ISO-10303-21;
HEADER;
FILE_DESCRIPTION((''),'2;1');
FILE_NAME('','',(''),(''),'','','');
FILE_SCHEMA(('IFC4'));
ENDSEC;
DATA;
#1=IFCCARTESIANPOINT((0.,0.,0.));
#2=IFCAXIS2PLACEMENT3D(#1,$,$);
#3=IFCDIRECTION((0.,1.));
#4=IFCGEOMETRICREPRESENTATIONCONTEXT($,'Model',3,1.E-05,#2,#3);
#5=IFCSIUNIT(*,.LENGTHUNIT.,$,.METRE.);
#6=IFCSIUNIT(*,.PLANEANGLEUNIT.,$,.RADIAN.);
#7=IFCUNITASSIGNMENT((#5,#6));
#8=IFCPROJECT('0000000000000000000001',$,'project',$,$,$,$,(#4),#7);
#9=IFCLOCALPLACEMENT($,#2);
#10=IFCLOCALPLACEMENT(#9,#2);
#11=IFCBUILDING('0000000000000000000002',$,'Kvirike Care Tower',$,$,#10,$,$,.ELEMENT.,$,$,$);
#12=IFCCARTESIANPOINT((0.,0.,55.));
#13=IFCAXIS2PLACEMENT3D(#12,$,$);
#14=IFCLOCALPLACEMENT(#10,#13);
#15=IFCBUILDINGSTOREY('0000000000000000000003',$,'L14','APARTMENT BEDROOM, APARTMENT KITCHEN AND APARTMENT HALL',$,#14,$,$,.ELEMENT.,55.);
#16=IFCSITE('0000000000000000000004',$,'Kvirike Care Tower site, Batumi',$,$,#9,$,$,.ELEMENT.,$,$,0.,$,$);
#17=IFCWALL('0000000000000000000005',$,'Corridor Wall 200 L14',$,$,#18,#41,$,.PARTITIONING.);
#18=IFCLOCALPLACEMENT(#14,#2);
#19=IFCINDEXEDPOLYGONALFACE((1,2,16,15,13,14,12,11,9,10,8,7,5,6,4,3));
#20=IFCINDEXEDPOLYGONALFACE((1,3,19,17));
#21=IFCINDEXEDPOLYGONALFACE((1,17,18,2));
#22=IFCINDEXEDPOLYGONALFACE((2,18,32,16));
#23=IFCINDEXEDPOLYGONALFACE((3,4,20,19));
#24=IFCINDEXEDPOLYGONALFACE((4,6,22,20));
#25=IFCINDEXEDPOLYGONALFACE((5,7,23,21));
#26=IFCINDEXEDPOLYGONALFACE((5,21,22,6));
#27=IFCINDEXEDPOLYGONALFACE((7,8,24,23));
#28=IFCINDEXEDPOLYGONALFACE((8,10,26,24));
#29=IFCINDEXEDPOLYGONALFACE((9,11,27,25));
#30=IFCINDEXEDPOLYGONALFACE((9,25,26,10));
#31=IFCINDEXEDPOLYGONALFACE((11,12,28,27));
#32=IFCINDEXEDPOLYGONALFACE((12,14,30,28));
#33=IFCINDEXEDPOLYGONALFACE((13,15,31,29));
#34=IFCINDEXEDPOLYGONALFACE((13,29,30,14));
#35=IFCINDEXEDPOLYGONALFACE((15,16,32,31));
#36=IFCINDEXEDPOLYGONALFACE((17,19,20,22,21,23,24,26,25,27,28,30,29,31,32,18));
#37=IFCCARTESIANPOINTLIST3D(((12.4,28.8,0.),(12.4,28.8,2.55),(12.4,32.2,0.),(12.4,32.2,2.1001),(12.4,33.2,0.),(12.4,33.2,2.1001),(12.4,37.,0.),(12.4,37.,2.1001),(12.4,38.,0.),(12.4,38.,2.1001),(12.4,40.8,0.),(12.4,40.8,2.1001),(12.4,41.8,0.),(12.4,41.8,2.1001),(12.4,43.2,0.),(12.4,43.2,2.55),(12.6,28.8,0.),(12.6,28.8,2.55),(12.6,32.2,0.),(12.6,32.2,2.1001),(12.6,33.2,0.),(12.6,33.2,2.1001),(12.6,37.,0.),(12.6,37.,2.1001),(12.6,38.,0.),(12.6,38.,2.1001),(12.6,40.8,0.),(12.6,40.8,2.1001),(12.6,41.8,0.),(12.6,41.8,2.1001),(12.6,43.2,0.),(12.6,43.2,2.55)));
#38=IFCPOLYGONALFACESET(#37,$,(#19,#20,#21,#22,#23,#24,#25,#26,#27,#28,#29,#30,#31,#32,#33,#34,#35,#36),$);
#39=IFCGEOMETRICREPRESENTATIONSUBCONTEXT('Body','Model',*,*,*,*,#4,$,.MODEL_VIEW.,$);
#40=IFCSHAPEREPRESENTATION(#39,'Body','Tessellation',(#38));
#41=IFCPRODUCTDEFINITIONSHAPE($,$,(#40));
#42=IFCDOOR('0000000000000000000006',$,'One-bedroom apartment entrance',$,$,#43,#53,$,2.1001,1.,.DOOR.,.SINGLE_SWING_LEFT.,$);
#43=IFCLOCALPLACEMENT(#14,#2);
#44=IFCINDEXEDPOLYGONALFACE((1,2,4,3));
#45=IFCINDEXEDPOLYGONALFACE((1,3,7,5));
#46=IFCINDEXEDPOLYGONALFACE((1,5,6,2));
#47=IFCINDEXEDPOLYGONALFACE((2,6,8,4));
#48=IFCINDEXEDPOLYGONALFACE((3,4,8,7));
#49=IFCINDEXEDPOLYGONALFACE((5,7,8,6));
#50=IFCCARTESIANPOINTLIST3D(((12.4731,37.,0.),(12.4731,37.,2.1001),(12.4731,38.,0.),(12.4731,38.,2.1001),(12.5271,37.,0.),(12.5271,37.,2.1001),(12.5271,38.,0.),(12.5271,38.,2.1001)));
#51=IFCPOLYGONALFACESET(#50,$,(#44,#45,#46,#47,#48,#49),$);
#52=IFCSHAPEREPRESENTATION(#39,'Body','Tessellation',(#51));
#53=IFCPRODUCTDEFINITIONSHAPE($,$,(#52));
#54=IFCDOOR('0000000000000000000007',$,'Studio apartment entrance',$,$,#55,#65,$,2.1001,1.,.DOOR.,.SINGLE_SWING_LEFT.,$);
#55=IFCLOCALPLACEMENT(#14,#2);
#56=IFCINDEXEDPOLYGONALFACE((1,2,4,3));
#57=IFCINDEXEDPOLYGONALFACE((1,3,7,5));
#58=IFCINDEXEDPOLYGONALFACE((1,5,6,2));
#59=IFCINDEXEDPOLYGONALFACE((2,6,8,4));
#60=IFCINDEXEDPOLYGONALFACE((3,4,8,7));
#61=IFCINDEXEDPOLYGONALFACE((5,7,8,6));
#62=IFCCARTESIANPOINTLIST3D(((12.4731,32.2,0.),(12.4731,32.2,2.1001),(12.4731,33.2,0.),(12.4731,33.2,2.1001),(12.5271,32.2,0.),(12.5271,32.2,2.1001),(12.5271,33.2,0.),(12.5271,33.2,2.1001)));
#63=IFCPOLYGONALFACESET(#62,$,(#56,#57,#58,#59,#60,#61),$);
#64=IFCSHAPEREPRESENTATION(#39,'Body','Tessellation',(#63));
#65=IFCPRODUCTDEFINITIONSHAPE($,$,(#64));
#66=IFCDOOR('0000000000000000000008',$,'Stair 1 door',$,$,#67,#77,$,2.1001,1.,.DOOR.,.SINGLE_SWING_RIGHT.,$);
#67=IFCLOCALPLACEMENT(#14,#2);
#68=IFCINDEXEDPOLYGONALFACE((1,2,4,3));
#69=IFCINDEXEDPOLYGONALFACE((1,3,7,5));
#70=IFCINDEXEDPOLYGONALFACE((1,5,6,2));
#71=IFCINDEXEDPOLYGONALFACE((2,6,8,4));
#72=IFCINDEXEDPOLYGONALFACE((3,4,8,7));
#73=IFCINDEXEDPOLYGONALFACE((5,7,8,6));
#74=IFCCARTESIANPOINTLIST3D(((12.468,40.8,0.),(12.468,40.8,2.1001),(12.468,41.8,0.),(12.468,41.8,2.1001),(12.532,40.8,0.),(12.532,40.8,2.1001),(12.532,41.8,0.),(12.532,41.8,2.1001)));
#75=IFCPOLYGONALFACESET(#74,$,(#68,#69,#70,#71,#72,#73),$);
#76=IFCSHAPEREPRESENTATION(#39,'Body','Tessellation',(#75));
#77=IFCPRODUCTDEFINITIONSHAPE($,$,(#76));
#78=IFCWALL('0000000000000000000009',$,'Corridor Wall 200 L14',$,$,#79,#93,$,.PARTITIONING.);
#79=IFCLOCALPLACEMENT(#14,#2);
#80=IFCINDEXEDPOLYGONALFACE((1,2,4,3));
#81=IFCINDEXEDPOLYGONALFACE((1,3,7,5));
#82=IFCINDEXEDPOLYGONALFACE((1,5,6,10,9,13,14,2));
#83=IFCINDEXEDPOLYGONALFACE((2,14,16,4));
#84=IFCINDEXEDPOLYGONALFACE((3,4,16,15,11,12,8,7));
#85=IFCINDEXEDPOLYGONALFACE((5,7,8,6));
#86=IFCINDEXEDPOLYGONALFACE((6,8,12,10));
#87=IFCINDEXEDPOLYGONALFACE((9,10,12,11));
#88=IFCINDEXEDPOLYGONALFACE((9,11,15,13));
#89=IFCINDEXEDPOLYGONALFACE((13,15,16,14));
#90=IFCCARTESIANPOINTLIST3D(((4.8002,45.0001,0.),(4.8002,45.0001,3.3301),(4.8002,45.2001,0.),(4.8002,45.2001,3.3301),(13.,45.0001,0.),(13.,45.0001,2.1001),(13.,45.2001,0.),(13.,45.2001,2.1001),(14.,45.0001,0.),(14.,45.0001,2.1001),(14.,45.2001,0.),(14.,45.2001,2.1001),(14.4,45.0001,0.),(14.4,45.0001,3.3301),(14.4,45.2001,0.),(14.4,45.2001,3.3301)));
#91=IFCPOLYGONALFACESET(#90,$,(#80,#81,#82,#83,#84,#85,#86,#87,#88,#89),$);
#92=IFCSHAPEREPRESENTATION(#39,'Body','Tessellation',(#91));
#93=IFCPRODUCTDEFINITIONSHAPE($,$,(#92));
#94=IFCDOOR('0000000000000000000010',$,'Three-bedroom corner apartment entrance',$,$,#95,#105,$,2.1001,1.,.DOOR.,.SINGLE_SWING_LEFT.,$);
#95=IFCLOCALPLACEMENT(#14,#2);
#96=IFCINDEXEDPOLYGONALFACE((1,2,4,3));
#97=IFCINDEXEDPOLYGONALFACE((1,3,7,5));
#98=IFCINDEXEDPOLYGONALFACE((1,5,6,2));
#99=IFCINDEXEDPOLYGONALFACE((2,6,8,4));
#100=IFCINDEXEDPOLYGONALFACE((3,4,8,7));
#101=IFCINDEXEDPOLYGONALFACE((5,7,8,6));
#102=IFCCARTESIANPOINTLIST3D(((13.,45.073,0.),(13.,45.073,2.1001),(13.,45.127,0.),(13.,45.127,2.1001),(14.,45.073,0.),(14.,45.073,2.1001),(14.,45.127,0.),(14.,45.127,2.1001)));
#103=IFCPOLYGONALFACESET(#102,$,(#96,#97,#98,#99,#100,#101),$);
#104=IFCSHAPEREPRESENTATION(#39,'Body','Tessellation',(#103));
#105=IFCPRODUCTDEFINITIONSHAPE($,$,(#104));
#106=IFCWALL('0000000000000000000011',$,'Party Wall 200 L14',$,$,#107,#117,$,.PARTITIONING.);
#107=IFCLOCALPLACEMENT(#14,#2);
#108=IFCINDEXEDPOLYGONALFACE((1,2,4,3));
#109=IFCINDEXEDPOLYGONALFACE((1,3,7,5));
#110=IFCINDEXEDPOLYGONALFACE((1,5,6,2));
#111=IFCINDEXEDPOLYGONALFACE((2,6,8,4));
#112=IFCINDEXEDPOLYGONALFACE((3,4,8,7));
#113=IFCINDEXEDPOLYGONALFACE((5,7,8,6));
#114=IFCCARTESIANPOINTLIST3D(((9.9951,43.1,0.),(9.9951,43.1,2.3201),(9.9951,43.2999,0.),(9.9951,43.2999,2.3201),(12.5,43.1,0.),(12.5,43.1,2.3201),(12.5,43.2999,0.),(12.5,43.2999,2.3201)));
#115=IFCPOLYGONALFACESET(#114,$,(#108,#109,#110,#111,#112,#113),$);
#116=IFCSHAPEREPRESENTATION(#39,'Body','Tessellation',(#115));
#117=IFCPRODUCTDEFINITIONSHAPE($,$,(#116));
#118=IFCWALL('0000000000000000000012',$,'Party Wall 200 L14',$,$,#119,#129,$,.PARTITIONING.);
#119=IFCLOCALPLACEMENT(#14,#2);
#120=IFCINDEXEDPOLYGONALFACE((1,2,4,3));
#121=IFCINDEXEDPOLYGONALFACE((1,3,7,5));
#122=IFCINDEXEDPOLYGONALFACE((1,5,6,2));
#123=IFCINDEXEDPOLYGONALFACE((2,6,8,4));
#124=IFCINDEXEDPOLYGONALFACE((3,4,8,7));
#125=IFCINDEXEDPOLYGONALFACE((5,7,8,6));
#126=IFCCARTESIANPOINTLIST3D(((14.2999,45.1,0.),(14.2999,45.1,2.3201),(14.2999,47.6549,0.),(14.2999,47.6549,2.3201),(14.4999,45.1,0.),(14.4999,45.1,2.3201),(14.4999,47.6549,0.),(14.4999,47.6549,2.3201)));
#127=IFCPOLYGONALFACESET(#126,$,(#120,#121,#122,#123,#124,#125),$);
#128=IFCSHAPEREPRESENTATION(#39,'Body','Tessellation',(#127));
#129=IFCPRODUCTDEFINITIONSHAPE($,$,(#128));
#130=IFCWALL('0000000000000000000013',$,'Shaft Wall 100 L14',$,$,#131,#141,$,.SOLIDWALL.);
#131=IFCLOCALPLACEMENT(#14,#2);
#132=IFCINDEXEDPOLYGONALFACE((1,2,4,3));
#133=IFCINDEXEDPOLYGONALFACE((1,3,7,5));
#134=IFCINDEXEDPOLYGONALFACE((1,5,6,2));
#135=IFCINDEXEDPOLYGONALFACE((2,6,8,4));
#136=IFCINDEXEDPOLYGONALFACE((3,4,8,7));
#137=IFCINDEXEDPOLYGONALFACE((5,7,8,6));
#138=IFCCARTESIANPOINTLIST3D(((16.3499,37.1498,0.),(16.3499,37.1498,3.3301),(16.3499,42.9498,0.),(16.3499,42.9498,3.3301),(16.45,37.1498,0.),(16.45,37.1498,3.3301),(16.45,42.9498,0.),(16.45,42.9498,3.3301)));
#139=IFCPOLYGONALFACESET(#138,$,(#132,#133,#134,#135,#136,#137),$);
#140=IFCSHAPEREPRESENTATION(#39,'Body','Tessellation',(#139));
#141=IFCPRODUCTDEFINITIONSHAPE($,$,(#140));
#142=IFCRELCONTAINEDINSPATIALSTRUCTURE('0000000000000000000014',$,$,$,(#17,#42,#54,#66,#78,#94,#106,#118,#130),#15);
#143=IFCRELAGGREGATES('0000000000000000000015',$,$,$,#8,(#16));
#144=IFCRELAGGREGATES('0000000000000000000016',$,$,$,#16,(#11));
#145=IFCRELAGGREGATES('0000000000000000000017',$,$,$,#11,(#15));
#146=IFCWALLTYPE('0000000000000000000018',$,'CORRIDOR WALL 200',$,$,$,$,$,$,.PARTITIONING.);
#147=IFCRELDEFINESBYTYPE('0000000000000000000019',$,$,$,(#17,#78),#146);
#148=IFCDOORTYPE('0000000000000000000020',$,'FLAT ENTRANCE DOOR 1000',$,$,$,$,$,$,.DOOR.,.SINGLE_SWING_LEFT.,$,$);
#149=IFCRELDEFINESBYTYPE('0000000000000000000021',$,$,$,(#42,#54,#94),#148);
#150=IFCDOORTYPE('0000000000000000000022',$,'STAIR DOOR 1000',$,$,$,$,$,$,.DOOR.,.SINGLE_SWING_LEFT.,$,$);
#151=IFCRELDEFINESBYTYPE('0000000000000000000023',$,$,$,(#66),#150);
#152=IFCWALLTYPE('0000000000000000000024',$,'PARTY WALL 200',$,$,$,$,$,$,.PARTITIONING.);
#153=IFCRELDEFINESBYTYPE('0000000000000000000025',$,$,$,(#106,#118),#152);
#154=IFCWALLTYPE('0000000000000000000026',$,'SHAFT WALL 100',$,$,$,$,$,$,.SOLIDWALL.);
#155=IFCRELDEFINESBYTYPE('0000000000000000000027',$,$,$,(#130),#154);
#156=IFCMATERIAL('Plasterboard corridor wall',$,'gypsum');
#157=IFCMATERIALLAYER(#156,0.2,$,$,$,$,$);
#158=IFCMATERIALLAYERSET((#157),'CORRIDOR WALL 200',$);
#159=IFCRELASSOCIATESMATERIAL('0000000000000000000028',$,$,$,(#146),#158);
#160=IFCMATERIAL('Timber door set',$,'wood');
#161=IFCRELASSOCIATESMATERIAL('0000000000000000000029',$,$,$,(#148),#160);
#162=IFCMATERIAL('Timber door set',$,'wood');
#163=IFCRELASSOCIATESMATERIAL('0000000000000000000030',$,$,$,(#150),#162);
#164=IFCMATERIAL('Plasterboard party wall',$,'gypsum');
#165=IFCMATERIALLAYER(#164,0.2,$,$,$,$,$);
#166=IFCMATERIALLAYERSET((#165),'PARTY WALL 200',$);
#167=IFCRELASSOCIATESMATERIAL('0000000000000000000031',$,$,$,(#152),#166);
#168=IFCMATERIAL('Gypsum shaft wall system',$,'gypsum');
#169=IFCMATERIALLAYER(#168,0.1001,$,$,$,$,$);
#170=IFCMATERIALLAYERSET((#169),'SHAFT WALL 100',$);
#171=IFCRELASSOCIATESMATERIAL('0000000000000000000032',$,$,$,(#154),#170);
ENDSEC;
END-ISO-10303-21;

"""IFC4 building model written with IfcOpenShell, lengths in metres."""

from ifc_helpers import new_model, si_unit, direction, frame, frame_2d, origin, place, context, subcontext, project, spatial, rectangle, extrude, material, layer, layer_set, type_object, element, fill, save


model = new_model("IFC4")

# Units and contexts
model_context = context("Model", 3, precision=1e-05, world=origin(), true_north=direction((0.0, 1.0)))
body_context = subcontext(model_context, "Body", "Model", "MODEL_VIEW")
ifc_project = project(units=[si_unit("LENGTHUNIT", "METRE"), si_unit("PLANEANGLEUNIT", "RADIAN")], contexts=[model_context])

# Site, building, storey
site_placement = place(None, origin())
site = spatial("IfcSite", under=ifc_project, at=site_placement, Name="Kvirike Care Tower site, Batumi", CompositionType="ELEMENT", RefElevation=0.0)
building_placement = place(site_placement, origin())
building = spatial("IfcBuilding", under=site, at=building_placement, Name="Kvirike Care Tower", CompositionType="ELEMENT")
storey_placement = place(building_placement, frame((0.0, 0.0, 55.0)))
storey = spatial("IfcBuildingStorey", under=building, at=storey_placement, Name="L14", Description="APARTMENT BEDROOM, APARTMENT KITCHEN AND APARTMENT HALL", CompositionType="ELEMENT", Elevation=55.0)

# Wall, openings, doors
ifc_material_1 = material(Name="Plasterboard corridor wall", Category="gypsum")
ifc_layer_1 = layer(ifc_material_1, 0.2)
ifc_layer_set_1 = layer_set([ifc_layer_1], Name="CORRIDOR WALL 200")
wall_type_1 = type_object("IfcWallType", Name="CORRIDOR WALL 200", PredefinedType="PARTITIONING", material=ifc_layer_set_1)
wall_1_placement = place(storey_placement, frame((12.5, 43.2, 0.0), z_axis=(0.0, 0.0, 1.0), x_axis=(0.0, -1.0, 0.0)))
wall_1 = element("IfcWall", 1, at=wall_1_placement, inside=storey, type_object=wall_type_1, Name="Corridor Wall 200 L14", PredefinedType="PARTITIONING", context=body_context, shape_type="SweptSolid", body=[
    extrude(rectangle(XDim=14.3999, YDim=0.2, at=frame_2d((7.2, 0.0))), origin(), (0.0, 0.0, 1.0), 2.55),
])
opening_1_placement = place(wall_1_placement, frame((1.3999, 0.0, 0.0)))
opening_1 = element("IfcOpeningElement", 2, at=opening_1_placement, cuts=wall_1, PredefinedType="OPENING", context=body_context, shape_type="SweptSolid", body=[
    extrude(rectangle(XDim=1.0, YDim=2.1001, at=frame_2d((0.5, 1.05))), frame((0.0, 0.1106, 0.0), z_axis=(0.0, -1.0, 0.0), x_axis=(1.0, 0.0, 0.0)), (0.0, 0.0, 1.0), 0.2209),
])
opening_2_placement = place(wall_1_placement, frame((5.2, 0.0, 0.0)))
opening_2 = element("IfcOpeningElement", 3, at=opening_2_placement, cuts=wall_1, PredefinedType="OPENING", context=body_context, shape_type="SweptSolid", body=[
    extrude(rectangle(XDim=1.0, YDim=2.1001, at=frame_2d((0.5, 1.05))), frame((0.0, 0.1106, 0.0), z_axis=(0.0, -1.0, 0.0), x_axis=(1.0, 0.0, 0.0)), (0.0, 0.0, 1.0), 0.2209),
])
opening_3_placement = place(wall_1_placement, frame((10.0, 0.0, 0.0)))
opening_3 = element("IfcOpeningElement", 4, at=opening_3_placement, cuts=wall_1, PredefinedType="OPENING", context=body_context, shape_type="SweptSolid", body=[
    extrude(rectangle(XDim=1.0, YDim=2.1001, at=frame_2d((0.5, 1.05))), frame((0.0, 0.1106, 0.0), z_axis=(0.0, -1.0, 0.0), x_axis=(1.0, 0.0, 0.0)), (0.0, 0.0, 1.0), 0.2209),
])
ifc_material_2 = material(Name="Timber door set", Category="wood")
door_type_1 = type_object("IfcDoorType", Name="FLAT ENTRANCE DOOR 1000", OperationType="SINGLE_SWING_LEFT", PredefinedType="DOOR", material=ifc_material_2)
door_1_placement = place(opening_2_placement, frame((1.0, 0.0, 0.0), z_axis=(0.0, 0.0, 1.0), x_axis=(-1.0, 0.0, 0.0)))
door_1 = element("IfcDoor", 5, at=door_1_placement, inside=storey, type_object=door_type_1, Name="One-bedroom apartment entrance", OperationType="SINGLE_SWING_LEFT", OverallHeight=2.1001, OverallWidth=1.0, PredefinedType="DOOR", context=body_context, shape_type="SweptSolid", body=[
    extrude(rectangle(XDim=1.0, YDim=2.1001, at=frame_2d((0.5, 1.05))), frame((0.0, 0.0269, 0.0), z_axis=(0.0, -1.0, 0.0), x_axis=(1.0, 0.0, 0.0)), (0.0, 0.0, 1.0), 0.054),
])
fill(opening_2, door_1)
door_2_placement = place(opening_3_placement, frame((1.0, 0.0, 0.0), z_axis=(0.0, 0.0, 1.0), x_axis=(-1.0, 0.0, 0.0)))
door_2 = element("IfcDoor", 6, at=door_2_placement, inside=storey, type_object=door_type_1, Name="Studio apartment entrance", OperationType="SINGLE_SWING_LEFT", OverallHeight=2.1001, OverallWidth=1.0, PredefinedType="DOOR", context=body_context, shape_type="SweptSolid", body=[
    extrude(rectangle(XDim=1.0, YDim=2.1001, at=frame_2d((0.5, 1.05))), frame((0.0, 0.0269, 0.0), z_axis=(0.0, -1.0, 0.0), x_axis=(1.0, 0.0, 0.0)), (0.0, 0.0, 1.0), 0.054),
])
fill(opening_3, door_2)
ifc_material_3 = material(Name="Timber door set", Category="wood")
door_type_2 = type_object("IfcDoorType", Name="STAIR DOOR 1000", OperationType="SINGLE_SWING_LEFT", PredefinedType="DOOR", material=ifc_material_3)
door_3_placement = place(opening_1_placement, frame((1.0, 0.0, 0.0), z_axis=(0.0, 0.0, 1.0), x_axis=(-1.0, 0.0, 0.0)))
door_3 = element("IfcDoor", 7, at=door_3_placement, inside=storey, type_object=door_type_2, Name="Stair 1 door", OperationType="SINGLE_SWING_RIGHT", OverallHeight=2.1001, OverallWidth=1.0, PredefinedType="DOOR", context=body_context, shape_type="SweptSolid", body=[
    extrude(rectangle(XDim=1.0, YDim=2.1001, at=frame_2d((0.5, 1.05))), frame((0.0, 0.032, 0.0), z_axis=(0.0, -1.0, 0.0), x_axis=(1.0, 0.0, 0.0)), (0.0, 0.0, 1.0), 0.064),
])
fill(opening_1, door_3)

# Wall, opening, door
wall_2_placement = place(storey_placement, frame((14.3999, 45.1001, 0.0), z_axis=(0.0, 0.0, 1.0), x_axis=(-1.0, 0.0, 0.0)))
wall_2 = element("IfcWall", 8, at=wall_2_placement, inside=storey, type_object=wall_type_1, Name="Corridor Wall 200 L14", PredefinedType="PARTITIONING", context=body_context, shape_type="SweptSolid", body=[
    extrude(rectangle(XDim=9.5999, YDim=0.2, at=frame_2d((4.7998, 0.0))), origin(), (0.0, 0.0, 1.0), 3.3301),
])
opening_4_placement = place(wall_2_placement, frame((0.3999, 0.0, 0.0)))
opening_4 = element("IfcOpeningElement", 9, at=opening_4_placement, cuts=wall_2, PredefinedType="OPENING", context=body_context, shape_type="SweptSolid", body=[
    extrude(rectangle(XDim=1.0, YDim=2.1001, at=frame_2d((0.5, 1.05))), frame((0.0, 0.1106, 0.0), z_axis=(0.0, -1.0, 0.0), x_axis=(1.0, 0.0, 0.0)), (0.0, 0.0, 1.0), 0.2209),
])
door_4_placement = place(opening_4_placement, frame((1.0, 0.0, 0.0), z_axis=(0.0, 0.0, 1.0), x_axis=(-1.0, 0.0, 0.0)))
door_4 = element("IfcDoor", 10, at=door_4_placement, inside=storey, type_object=door_type_1, Name="Three-bedroom corner apartment entrance", OperationType="SINGLE_SWING_LEFT", OverallHeight=2.1001, OverallWidth=1.0, PredefinedType="DOOR", context=body_context, shape_type="SweptSolid", body=[
    extrude(rectangle(XDim=1.0, YDim=2.1001, at=frame_2d((0.5, 1.05))), frame((0.0, 0.0269, 0.0), z_axis=(0.0, -1.0, 0.0), x_axis=(1.0, 0.0, 0.0)), (0.0, 0.0, 1.0), 0.054),
])
fill(opening_4, door_4)

# Walls
ifc_material_4 = material(Name="Plasterboard party wall", Category="gypsum")
ifc_layer_2 = layer(ifc_material_4, 0.2)
ifc_layer_set_2 = layer_set([ifc_layer_2], Name="PARTY WALL 200")
wall_type_2 = type_object("IfcWallType", Name="PARTY WALL 200", PredefinedType="PARTITIONING", material=ifc_layer_set_2)
wall_3_placement = place(storey_placement, frame((12.5, 43.2, 0.0), z_axis=(0.0, 0.0, 1.0), x_axis=(-1.0, 0.0, 0.0)))
element("IfcWall", 11, at=wall_3_placement, inside=storey, type_object=wall_type_2, Name="Party Wall 200 L14", PredefinedType="PARTITIONING", context=body_context, shape_type="SweptSolid", body=[
    extrude(rectangle(XDim=2.5049, YDim=0.2, at=frame_2d((1.2524, 0.0))), origin(), (0.0, 0.0, 1.0), 2.3201),
])
wall_4_placement = place(storey_placement, frame((14.3999, 45.1001, 0.0), z_axis=(0.0, 0.0, 1.0), x_axis=(0.0, 1.0, 0.0)))
element("IfcWall", 12, at=wall_4_placement, inside=storey, type_object=wall_type_2, Name="Party Wall 200 L14", PredefinedType="PARTITIONING", context=body_context, shape_type="SweptSolid", body=[
    extrude(rectangle(XDim=2.5549, YDim=0.2, at=frame_2d((1.2773, 0.0))), origin(), (0.0, 0.0, 1.0), 2.3201),
])
ifc_material_5 = material(Name="Gypsum shaft wall system", Category="gypsum")
ifc_layer_3 = layer(ifc_material_5, 0.1001)
ifc_layer_set_3 = layer_set([ifc_layer_3], Name="SHAFT WALL 100")
wall_type_3 = type_object("IfcWallType", Name="SHAFT WALL 100", PredefinedType="SOLIDWALL", material=ifc_layer_set_3)
wall_5_placement = place(storey_placement, frame((16.3999, 37.1499, 0.0), z_axis=(0.0, 0.0, 1.0), x_axis=(0.0, 1.0, 0.0)))
element("IfcWall", 13, at=wall_5_placement, inside=storey, type_object=wall_type_3, Name="Shaft Wall 100 L14", PredefinedType="SOLIDWALL", context=body_context, shape_type="SweptSolid", body=[
    extrude(rectangle(XDim=5.8, YDim=0.1001, at=frame_2d((2.8999, 0.0))), origin(), (0.0, 0.0, 1.0), 3.3301),
])

save(model, "model.ifc")
